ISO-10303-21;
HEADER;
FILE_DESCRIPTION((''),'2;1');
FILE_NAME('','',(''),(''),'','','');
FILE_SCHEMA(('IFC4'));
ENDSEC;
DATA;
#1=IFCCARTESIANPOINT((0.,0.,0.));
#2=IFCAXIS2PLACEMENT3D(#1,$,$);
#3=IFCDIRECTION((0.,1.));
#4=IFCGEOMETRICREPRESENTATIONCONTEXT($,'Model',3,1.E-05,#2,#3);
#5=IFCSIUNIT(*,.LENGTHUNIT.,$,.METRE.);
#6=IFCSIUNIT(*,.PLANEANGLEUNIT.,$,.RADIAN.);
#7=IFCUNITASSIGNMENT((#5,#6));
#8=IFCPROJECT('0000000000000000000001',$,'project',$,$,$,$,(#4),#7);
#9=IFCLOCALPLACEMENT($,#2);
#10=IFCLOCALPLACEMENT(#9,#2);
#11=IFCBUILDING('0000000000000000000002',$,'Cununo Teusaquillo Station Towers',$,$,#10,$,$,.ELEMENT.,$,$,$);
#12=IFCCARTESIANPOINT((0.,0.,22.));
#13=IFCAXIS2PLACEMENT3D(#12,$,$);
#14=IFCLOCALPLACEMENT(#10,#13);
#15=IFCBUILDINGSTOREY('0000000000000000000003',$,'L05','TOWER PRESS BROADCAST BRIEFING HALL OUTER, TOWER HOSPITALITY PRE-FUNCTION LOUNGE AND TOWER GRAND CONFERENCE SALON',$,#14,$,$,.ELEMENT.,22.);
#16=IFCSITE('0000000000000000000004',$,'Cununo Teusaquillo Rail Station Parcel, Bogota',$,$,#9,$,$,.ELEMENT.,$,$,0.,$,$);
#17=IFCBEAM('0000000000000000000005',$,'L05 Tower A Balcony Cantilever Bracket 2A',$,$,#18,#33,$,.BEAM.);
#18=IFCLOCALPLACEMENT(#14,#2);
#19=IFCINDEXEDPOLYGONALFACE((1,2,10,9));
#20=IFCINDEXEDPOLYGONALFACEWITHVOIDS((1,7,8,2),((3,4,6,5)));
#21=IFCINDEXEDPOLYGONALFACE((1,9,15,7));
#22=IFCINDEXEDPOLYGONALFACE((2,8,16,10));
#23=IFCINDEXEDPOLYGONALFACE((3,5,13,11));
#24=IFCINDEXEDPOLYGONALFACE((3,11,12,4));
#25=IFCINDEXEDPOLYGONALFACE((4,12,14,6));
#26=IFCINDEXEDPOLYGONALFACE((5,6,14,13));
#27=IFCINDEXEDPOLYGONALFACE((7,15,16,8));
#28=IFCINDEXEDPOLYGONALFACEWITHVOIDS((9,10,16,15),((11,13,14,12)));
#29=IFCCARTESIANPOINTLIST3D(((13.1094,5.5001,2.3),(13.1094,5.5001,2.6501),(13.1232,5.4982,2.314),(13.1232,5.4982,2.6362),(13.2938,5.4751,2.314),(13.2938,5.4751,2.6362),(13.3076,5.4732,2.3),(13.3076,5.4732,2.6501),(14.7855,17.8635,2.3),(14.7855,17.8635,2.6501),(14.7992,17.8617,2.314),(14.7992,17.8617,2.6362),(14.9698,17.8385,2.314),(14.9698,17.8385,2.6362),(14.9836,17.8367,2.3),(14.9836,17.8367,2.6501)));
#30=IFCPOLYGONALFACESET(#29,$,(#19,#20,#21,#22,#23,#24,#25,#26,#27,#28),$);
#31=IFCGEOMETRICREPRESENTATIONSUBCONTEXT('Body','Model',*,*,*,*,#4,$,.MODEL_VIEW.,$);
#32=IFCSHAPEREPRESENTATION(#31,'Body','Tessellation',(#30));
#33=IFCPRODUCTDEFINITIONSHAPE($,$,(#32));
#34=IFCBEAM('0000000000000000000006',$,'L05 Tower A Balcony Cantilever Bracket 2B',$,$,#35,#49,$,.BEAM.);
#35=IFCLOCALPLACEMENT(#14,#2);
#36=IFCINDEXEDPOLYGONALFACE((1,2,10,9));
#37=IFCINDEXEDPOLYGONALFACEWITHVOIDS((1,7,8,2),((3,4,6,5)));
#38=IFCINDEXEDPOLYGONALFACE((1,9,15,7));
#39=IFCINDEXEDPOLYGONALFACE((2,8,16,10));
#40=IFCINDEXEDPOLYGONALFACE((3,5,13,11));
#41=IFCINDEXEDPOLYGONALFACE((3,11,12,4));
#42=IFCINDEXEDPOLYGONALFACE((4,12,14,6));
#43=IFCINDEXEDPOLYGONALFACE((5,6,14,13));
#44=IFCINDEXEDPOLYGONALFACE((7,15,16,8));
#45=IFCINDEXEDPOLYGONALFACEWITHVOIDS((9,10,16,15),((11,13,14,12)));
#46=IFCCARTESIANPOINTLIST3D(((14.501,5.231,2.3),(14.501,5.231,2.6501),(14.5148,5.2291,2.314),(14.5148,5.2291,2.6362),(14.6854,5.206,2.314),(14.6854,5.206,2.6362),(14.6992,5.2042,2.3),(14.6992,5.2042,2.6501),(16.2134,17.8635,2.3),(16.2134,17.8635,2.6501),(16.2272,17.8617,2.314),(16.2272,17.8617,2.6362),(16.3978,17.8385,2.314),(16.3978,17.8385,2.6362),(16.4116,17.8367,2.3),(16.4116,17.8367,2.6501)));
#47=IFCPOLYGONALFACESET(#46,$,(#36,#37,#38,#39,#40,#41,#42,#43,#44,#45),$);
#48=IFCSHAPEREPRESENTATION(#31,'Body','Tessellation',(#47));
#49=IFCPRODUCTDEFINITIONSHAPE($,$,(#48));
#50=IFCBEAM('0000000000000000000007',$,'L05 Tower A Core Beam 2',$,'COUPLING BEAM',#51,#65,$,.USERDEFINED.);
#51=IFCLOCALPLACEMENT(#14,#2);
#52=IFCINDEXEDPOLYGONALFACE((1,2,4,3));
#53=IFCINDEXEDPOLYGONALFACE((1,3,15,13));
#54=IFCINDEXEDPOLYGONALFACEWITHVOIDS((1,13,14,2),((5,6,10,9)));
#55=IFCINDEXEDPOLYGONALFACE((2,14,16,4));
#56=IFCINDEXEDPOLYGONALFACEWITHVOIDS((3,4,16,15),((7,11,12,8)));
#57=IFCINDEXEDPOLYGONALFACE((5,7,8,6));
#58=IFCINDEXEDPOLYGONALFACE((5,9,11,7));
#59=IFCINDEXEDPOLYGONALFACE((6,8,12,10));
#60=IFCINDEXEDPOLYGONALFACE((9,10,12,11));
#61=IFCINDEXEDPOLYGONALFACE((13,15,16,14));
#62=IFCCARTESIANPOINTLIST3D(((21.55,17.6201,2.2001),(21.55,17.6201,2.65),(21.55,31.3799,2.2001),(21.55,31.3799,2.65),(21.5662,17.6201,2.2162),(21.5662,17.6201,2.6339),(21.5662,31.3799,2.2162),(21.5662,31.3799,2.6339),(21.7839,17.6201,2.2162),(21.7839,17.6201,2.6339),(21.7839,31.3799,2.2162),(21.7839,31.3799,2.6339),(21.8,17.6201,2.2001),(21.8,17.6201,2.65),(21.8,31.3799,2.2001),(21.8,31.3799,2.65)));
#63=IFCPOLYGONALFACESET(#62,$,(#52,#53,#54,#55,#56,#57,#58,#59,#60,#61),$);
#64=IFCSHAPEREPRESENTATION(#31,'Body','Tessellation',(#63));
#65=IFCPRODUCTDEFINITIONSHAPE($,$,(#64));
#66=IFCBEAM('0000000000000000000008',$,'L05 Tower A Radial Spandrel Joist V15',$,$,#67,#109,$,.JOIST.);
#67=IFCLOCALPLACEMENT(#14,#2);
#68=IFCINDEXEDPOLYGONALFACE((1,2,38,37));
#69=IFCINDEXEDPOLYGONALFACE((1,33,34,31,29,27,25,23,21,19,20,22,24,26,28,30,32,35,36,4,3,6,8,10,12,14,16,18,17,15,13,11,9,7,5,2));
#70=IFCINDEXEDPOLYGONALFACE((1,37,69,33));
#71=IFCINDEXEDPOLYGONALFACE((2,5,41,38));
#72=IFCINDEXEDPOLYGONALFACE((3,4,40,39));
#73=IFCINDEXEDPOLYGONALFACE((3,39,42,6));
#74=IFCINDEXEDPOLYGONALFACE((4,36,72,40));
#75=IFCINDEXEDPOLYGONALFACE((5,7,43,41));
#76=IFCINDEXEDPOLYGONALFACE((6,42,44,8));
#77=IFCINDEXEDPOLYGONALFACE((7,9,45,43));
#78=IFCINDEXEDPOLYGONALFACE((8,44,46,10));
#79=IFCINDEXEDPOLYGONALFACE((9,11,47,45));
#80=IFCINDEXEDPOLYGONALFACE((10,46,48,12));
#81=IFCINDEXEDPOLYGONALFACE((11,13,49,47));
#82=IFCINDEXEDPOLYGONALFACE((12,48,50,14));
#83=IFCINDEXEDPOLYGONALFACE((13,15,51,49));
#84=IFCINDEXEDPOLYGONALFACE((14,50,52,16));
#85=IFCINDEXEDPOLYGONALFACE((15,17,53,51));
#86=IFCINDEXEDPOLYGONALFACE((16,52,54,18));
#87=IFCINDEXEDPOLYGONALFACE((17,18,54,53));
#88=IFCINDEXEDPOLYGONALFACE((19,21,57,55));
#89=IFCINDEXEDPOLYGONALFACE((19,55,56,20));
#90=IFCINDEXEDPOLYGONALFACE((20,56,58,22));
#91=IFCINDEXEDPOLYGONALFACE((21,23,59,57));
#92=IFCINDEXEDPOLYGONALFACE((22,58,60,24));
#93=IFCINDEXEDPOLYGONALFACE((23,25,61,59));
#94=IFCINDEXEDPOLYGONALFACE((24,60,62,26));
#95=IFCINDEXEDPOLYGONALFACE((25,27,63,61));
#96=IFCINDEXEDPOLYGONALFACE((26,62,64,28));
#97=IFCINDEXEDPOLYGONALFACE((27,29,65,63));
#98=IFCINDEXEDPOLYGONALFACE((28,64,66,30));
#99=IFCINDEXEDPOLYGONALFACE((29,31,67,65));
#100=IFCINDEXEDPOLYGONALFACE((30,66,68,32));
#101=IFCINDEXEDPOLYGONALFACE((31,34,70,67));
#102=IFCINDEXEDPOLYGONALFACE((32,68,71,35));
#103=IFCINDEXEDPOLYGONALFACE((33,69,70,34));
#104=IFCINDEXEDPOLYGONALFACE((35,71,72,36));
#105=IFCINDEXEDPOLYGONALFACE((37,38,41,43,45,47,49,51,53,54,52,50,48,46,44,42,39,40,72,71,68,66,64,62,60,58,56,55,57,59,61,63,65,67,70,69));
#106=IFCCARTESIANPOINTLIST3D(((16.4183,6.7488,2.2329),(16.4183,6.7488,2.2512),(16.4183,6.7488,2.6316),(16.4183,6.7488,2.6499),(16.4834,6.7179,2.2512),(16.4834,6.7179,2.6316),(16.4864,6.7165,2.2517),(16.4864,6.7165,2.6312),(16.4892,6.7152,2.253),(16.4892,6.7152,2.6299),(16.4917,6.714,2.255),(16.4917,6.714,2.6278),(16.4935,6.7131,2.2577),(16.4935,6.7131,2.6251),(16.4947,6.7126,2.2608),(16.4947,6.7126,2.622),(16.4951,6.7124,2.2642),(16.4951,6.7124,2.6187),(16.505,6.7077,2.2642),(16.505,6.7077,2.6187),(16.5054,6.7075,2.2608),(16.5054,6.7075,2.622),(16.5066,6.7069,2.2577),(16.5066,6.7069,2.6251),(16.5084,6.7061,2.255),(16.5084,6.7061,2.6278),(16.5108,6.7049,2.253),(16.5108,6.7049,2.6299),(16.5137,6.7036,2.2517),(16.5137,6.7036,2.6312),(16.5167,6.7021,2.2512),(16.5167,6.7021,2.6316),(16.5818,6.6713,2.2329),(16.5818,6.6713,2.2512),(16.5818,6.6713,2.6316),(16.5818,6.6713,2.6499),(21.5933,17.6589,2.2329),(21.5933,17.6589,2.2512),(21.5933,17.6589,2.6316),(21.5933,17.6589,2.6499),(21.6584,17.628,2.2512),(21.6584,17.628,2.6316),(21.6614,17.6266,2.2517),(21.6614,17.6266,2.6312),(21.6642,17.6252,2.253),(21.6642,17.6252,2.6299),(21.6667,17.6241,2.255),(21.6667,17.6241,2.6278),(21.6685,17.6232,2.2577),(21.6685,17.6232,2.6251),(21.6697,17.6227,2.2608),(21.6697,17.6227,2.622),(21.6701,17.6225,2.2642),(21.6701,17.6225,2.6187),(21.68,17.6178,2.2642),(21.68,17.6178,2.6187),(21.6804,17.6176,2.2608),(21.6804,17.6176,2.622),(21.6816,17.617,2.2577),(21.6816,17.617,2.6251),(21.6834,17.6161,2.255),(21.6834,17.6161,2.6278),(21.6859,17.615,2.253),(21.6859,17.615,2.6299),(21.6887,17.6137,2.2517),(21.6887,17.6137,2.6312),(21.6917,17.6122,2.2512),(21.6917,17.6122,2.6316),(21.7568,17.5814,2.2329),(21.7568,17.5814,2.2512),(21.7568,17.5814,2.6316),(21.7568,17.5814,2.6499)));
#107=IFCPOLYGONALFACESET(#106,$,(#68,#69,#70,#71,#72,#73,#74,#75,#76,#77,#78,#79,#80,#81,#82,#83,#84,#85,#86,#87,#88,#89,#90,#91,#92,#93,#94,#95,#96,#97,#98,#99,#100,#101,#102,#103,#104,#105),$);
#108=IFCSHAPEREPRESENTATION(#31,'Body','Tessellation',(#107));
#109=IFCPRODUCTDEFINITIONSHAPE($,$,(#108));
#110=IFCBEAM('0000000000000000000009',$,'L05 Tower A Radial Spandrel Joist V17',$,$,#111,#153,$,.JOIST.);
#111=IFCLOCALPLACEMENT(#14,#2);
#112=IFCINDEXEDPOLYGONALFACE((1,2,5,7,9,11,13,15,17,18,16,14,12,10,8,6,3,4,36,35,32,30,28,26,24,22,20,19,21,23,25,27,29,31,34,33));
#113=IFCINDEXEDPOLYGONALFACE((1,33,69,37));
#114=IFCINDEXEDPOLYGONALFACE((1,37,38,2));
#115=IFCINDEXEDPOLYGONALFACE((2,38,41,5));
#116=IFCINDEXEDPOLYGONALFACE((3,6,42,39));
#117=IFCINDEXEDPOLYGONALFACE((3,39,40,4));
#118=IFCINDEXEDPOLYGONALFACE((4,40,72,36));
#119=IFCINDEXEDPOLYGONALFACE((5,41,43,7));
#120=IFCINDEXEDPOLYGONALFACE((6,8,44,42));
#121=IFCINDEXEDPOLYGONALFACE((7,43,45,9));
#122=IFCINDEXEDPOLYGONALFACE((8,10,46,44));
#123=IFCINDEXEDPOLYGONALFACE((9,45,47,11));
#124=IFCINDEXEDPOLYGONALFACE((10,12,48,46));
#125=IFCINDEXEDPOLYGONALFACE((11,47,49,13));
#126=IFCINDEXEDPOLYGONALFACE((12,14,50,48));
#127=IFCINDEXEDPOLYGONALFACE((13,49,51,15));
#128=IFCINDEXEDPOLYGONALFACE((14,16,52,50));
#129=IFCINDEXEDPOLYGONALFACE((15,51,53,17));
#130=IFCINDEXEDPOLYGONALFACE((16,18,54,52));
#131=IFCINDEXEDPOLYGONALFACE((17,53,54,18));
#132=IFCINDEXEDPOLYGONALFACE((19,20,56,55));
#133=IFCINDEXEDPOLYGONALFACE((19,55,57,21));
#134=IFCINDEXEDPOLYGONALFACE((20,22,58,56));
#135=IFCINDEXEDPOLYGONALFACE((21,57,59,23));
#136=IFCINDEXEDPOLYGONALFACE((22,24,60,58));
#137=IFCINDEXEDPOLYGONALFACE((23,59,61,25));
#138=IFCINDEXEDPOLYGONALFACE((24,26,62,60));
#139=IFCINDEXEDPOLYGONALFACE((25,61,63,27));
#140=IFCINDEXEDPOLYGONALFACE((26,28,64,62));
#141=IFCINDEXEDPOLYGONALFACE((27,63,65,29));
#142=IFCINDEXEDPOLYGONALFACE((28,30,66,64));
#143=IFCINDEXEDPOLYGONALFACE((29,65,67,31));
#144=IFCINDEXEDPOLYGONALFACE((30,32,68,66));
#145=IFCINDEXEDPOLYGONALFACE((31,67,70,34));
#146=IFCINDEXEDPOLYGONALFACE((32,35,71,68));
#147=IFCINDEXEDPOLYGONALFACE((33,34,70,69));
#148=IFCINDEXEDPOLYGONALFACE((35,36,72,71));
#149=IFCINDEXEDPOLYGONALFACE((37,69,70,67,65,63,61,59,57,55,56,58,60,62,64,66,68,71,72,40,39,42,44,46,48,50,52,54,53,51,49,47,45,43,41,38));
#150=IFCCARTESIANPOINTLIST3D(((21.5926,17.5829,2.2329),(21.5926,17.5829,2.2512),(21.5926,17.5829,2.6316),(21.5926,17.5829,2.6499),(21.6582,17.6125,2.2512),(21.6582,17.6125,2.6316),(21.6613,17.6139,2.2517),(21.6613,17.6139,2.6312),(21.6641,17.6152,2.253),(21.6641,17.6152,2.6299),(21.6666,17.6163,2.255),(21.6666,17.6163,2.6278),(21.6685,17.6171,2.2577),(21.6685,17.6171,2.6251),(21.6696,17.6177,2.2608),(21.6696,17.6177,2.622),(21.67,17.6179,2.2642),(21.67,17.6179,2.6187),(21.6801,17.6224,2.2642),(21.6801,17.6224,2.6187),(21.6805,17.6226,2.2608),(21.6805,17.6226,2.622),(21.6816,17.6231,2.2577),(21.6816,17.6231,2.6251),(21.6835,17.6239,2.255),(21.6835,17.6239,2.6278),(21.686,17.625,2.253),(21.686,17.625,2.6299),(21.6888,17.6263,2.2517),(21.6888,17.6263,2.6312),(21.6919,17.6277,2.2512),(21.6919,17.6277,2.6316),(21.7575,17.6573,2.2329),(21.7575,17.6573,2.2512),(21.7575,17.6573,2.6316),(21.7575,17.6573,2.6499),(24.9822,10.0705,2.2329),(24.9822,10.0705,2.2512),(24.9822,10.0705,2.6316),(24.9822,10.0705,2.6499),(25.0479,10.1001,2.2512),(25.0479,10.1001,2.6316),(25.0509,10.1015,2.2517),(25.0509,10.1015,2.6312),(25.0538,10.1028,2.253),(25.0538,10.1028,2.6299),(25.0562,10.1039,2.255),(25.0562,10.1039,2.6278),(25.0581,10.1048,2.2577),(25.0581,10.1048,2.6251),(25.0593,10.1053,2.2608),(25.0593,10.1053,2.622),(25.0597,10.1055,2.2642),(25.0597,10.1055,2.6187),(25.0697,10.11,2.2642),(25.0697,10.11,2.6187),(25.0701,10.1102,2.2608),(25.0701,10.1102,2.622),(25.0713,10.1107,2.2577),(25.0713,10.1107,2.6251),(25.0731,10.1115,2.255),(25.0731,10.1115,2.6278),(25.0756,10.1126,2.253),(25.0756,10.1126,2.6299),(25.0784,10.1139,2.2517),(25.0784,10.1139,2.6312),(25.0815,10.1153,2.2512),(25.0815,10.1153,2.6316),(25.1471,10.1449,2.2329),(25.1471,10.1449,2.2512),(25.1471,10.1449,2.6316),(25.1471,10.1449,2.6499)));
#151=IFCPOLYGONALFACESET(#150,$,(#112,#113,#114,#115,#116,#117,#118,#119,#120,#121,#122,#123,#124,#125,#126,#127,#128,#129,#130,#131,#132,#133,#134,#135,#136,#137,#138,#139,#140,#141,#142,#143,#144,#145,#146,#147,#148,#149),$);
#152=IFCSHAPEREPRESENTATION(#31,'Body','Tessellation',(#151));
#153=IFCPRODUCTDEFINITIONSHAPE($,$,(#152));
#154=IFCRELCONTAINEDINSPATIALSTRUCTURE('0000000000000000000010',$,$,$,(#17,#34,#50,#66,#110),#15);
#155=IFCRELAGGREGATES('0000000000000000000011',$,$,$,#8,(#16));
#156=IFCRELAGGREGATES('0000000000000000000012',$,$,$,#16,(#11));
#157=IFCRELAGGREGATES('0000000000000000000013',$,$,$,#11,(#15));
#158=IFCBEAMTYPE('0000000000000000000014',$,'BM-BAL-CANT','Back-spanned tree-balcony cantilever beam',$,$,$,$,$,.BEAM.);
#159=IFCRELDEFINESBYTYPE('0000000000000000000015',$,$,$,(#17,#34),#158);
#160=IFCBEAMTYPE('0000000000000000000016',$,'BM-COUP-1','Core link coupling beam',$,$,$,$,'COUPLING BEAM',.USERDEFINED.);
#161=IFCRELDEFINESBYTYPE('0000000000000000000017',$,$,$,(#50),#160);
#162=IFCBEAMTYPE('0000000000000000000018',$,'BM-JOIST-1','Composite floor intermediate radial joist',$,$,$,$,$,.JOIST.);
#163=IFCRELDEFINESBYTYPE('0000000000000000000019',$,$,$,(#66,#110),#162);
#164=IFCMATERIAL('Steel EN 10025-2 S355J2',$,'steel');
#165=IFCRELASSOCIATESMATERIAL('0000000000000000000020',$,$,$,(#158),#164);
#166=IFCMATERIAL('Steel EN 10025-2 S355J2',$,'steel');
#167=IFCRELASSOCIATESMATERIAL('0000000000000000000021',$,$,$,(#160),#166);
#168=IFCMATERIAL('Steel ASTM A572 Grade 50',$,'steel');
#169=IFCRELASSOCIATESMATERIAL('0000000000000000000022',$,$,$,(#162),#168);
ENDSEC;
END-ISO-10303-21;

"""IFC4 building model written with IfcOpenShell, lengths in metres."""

from ifc_helpers import new_model, si_unit, direction, frame, origin, origin_2d, place, context, subcontext, project, spatial, hollow_rectangle, i_section, extrude, material, material_profile, profile_set, type_object, element, save


model = new_model("IFC4")

# Units and contexts
model_context = context("Model", 3, precision=1e-05, world=origin(), true_north=direction((0.0, 1.0)))
body_context = subcontext(model_context, "Body", "Model", "MODEL_VIEW")
ifc_project = project(units=[si_unit("LENGTHUNIT", "METRE"), si_unit("PLANEANGLEUNIT", "RADIAN")], contexts=[model_context])

# Site, building, storey
site_placement = place(None, origin())
site = spatial("IfcSite", under=ifc_project, at=site_placement, Name="Cununo Teusaquillo Rail Station Parcel, Bogota", CompositionType="ELEMENT", RefElevation=0.0)
building_placement = place(site_placement, origin())
building = spatial("IfcBuilding", under=site, at=building_placement, Name="Cununo Teusaquillo Station Towers", CompositionType="ELEMENT")
storey_placement = place(building_placement, frame((0.0, 0.0, 22.0)))
storey = spatial("IfcBuildingStorey", under=building, at=storey_placement, Name="L05", Description="TOWER PRESS BROADCAST BRIEFING HALL OUTER, TOWER HOSPITALITY PRE-FUNCTION LOUNGE AND TOWER GRAND CONFERENCE SALON", CompositionType="ELEMENT", Elevation=22.0)

# Beams
ifc_material_1 = material(Name="Steel EN 10025-2 S355J2", Category="steel")
ifc_material_profile_1 = material_profile(ifc_material_1, hollow_rectangle(XDim=0.2, YDim=0.3501, WallThickness=0.0139, at=origin_2d()), Name="RHS 350x200x14")
ifc_profile_set_1 = profile_set([ifc_material_profile_1], Name="Steel EN 10025-2 S355J2")
beam_type_1 = type_object("IfcBeamType", Name="BM-BAL-CANT", Description="Back-spanned tree-balcony cantilever beam", PredefinedType="BEAM", material=ifc_profile_set_1)
beam_1_placement = place(storey_placement, frame((14.8845, 17.8501, 2.4751), z_axis=(-0.134333, -0.990936, 0.0), x_axis=(0.990936, -0.134333, 0.0)))
element("IfcBeam", 1, at=beam_1_placement, inside=storey, type_object=beam_type_1, Name="L05 Tower A Balcony Cantilever Bracket 2A", PredefinedType="BEAM", context=body_context, shape_type="SweptSolid", body=[
    extrude(hollow_rectangle(XDim=0.2, YDim=0.3501, WallThickness=0.0139, at=origin_2d()), origin(), (0.0, 0.0, 1.0), 12.4766),
])
beam_2_placement = place(storey_placement, frame((16.3125, 17.8501, 2.4751), z_axis=(-0.134326, -0.990937, 0.0), x_axis=(0.990937, -0.134326, 0.0)))
element("IfcBeam", 2, at=beam_2_placement, inside=storey, type_object=beam_type_1, Name="L05 Tower A Balcony Cantilever Bracket 2B", PredefinedType="BEAM", context=body_context, shape_type="SweptSolid", body=[
    extrude(hollow_rectangle(XDim=0.2, YDim=0.3501, WallThickness=0.0139, at=origin_2d()), origin(), (0.0, 0.0, 1.0), 12.748),
])
ifc_material_2 = material(Name="Steel EN 10025-2 S355J2", Category="steel")
ifc_material_profile_2 = material_profile(ifc_material_2, hollow_rectangle(XDim=0.25, YDim=0.45, WallThickness=0.0161, at=origin_2d()), Name="RHS 450x250x16")
ifc_profile_set_2 = profile_set([ifc_material_profile_2], Name="Steel EN 10025-2 S355J2")
beam_type_2 = type_object("IfcBeamType", Name="BM-COUP-1", Description="Core link coupling beam", ElementType="COUPLING BEAM", PredefinedType="USERDEFINED", material=ifc_profile_set_2)
beam_3_placement = place(storey_placement, frame((21.675, 17.6201, 2.425), z_axis=(0.0, 1.0, 0.0), x_axis=(-1.0, 0.0, 0.0)))
element("IfcBeam", 3, at=beam_3_placement, inside=storey, type_object=beam_type_2, Name="L05 Tower A Core Beam 2", ObjectType="COUPLING BEAM", PredefinedType="USERDEFINED", context=body_context, shape_type="SweptSolid", body=[
    extrude(hollow_rectangle(XDim=0.25, YDim=0.45, WallThickness=0.0161, at=origin_2d()), origin(), (0.0, 0.0, 1.0), 13.7598),
])
ifc_material_3 = material(Name="Steel ASTM A572 Grade 50", Category="steel")
ifc_material_profile_3 = material_profile(ifc_material_3, i_section(OverallWidth=0.1809, OverallDepth=0.417, WebThickness=0.011, FlangeThickness=0.0183, FilletRadius=0.0129, at=origin_2d()), Name="W16X57")
ifc_profile_set_3 = profile_set([ifc_material_profile_3], Name="Steel ASTM A572 Grade 50")
beam_type_3 = type_object("IfcBeamType", Name="BM-JOIST-1", Description="Composite floor intermediate radial joist", PredefinedType="JOIST", material=ifc_profile_set_3)
beam_4_placement = place(storey_placement, frame((21.675, 17.6201, 2.4414), z_axis=(-0.428565, -0.903511, 0.0), x_axis=(0.903511, -0.428565, 0.0)))
element("IfcBeam", 4, at=beam_4_placement, inside=storey, type_object=beam_type_3, Name="L05 Tower A Radial Spandrel Joist V15", PredefinedType="JOIST", context=body_context, shape_type="SweptSolid", body=[
    extrude(i_section(OverallWidth=0.1809, OverallDepth=0.417, WebThickness=0.011, FlangeThickness=0.0183, FilletRadius=0.0129, at=origin_2d()), origin(), (0.0, 0.0, 1.0), 12.0752),
])
beam_5_placement = place(storey_placement, frame((21.675, 17.6201, 2.4414), z_axis=(0.411277, -0.91151, 0.0), x_axis=(0.91151, 0.411277, 0.0)))
element("IfcBeam", 5, at=beam_5_placement, inside=storey, type_object=beam_type_3, Name="L05 Tower A Radial Spandrel Joist V17", PredefinedType="JOIST", context=body_context, shape_type="SweptSolid", body=[
    extrude(i_section(OverallWidth=0.1809, OverallDepth=0.417, WebThickness=0.011, FlangeThickness=0.0183, FilletRadius=0.0129, at=origin_2d()), origin(), (0.0, 0.0, 1.0), 8.2417),
])

save(model, "model.ifc")
